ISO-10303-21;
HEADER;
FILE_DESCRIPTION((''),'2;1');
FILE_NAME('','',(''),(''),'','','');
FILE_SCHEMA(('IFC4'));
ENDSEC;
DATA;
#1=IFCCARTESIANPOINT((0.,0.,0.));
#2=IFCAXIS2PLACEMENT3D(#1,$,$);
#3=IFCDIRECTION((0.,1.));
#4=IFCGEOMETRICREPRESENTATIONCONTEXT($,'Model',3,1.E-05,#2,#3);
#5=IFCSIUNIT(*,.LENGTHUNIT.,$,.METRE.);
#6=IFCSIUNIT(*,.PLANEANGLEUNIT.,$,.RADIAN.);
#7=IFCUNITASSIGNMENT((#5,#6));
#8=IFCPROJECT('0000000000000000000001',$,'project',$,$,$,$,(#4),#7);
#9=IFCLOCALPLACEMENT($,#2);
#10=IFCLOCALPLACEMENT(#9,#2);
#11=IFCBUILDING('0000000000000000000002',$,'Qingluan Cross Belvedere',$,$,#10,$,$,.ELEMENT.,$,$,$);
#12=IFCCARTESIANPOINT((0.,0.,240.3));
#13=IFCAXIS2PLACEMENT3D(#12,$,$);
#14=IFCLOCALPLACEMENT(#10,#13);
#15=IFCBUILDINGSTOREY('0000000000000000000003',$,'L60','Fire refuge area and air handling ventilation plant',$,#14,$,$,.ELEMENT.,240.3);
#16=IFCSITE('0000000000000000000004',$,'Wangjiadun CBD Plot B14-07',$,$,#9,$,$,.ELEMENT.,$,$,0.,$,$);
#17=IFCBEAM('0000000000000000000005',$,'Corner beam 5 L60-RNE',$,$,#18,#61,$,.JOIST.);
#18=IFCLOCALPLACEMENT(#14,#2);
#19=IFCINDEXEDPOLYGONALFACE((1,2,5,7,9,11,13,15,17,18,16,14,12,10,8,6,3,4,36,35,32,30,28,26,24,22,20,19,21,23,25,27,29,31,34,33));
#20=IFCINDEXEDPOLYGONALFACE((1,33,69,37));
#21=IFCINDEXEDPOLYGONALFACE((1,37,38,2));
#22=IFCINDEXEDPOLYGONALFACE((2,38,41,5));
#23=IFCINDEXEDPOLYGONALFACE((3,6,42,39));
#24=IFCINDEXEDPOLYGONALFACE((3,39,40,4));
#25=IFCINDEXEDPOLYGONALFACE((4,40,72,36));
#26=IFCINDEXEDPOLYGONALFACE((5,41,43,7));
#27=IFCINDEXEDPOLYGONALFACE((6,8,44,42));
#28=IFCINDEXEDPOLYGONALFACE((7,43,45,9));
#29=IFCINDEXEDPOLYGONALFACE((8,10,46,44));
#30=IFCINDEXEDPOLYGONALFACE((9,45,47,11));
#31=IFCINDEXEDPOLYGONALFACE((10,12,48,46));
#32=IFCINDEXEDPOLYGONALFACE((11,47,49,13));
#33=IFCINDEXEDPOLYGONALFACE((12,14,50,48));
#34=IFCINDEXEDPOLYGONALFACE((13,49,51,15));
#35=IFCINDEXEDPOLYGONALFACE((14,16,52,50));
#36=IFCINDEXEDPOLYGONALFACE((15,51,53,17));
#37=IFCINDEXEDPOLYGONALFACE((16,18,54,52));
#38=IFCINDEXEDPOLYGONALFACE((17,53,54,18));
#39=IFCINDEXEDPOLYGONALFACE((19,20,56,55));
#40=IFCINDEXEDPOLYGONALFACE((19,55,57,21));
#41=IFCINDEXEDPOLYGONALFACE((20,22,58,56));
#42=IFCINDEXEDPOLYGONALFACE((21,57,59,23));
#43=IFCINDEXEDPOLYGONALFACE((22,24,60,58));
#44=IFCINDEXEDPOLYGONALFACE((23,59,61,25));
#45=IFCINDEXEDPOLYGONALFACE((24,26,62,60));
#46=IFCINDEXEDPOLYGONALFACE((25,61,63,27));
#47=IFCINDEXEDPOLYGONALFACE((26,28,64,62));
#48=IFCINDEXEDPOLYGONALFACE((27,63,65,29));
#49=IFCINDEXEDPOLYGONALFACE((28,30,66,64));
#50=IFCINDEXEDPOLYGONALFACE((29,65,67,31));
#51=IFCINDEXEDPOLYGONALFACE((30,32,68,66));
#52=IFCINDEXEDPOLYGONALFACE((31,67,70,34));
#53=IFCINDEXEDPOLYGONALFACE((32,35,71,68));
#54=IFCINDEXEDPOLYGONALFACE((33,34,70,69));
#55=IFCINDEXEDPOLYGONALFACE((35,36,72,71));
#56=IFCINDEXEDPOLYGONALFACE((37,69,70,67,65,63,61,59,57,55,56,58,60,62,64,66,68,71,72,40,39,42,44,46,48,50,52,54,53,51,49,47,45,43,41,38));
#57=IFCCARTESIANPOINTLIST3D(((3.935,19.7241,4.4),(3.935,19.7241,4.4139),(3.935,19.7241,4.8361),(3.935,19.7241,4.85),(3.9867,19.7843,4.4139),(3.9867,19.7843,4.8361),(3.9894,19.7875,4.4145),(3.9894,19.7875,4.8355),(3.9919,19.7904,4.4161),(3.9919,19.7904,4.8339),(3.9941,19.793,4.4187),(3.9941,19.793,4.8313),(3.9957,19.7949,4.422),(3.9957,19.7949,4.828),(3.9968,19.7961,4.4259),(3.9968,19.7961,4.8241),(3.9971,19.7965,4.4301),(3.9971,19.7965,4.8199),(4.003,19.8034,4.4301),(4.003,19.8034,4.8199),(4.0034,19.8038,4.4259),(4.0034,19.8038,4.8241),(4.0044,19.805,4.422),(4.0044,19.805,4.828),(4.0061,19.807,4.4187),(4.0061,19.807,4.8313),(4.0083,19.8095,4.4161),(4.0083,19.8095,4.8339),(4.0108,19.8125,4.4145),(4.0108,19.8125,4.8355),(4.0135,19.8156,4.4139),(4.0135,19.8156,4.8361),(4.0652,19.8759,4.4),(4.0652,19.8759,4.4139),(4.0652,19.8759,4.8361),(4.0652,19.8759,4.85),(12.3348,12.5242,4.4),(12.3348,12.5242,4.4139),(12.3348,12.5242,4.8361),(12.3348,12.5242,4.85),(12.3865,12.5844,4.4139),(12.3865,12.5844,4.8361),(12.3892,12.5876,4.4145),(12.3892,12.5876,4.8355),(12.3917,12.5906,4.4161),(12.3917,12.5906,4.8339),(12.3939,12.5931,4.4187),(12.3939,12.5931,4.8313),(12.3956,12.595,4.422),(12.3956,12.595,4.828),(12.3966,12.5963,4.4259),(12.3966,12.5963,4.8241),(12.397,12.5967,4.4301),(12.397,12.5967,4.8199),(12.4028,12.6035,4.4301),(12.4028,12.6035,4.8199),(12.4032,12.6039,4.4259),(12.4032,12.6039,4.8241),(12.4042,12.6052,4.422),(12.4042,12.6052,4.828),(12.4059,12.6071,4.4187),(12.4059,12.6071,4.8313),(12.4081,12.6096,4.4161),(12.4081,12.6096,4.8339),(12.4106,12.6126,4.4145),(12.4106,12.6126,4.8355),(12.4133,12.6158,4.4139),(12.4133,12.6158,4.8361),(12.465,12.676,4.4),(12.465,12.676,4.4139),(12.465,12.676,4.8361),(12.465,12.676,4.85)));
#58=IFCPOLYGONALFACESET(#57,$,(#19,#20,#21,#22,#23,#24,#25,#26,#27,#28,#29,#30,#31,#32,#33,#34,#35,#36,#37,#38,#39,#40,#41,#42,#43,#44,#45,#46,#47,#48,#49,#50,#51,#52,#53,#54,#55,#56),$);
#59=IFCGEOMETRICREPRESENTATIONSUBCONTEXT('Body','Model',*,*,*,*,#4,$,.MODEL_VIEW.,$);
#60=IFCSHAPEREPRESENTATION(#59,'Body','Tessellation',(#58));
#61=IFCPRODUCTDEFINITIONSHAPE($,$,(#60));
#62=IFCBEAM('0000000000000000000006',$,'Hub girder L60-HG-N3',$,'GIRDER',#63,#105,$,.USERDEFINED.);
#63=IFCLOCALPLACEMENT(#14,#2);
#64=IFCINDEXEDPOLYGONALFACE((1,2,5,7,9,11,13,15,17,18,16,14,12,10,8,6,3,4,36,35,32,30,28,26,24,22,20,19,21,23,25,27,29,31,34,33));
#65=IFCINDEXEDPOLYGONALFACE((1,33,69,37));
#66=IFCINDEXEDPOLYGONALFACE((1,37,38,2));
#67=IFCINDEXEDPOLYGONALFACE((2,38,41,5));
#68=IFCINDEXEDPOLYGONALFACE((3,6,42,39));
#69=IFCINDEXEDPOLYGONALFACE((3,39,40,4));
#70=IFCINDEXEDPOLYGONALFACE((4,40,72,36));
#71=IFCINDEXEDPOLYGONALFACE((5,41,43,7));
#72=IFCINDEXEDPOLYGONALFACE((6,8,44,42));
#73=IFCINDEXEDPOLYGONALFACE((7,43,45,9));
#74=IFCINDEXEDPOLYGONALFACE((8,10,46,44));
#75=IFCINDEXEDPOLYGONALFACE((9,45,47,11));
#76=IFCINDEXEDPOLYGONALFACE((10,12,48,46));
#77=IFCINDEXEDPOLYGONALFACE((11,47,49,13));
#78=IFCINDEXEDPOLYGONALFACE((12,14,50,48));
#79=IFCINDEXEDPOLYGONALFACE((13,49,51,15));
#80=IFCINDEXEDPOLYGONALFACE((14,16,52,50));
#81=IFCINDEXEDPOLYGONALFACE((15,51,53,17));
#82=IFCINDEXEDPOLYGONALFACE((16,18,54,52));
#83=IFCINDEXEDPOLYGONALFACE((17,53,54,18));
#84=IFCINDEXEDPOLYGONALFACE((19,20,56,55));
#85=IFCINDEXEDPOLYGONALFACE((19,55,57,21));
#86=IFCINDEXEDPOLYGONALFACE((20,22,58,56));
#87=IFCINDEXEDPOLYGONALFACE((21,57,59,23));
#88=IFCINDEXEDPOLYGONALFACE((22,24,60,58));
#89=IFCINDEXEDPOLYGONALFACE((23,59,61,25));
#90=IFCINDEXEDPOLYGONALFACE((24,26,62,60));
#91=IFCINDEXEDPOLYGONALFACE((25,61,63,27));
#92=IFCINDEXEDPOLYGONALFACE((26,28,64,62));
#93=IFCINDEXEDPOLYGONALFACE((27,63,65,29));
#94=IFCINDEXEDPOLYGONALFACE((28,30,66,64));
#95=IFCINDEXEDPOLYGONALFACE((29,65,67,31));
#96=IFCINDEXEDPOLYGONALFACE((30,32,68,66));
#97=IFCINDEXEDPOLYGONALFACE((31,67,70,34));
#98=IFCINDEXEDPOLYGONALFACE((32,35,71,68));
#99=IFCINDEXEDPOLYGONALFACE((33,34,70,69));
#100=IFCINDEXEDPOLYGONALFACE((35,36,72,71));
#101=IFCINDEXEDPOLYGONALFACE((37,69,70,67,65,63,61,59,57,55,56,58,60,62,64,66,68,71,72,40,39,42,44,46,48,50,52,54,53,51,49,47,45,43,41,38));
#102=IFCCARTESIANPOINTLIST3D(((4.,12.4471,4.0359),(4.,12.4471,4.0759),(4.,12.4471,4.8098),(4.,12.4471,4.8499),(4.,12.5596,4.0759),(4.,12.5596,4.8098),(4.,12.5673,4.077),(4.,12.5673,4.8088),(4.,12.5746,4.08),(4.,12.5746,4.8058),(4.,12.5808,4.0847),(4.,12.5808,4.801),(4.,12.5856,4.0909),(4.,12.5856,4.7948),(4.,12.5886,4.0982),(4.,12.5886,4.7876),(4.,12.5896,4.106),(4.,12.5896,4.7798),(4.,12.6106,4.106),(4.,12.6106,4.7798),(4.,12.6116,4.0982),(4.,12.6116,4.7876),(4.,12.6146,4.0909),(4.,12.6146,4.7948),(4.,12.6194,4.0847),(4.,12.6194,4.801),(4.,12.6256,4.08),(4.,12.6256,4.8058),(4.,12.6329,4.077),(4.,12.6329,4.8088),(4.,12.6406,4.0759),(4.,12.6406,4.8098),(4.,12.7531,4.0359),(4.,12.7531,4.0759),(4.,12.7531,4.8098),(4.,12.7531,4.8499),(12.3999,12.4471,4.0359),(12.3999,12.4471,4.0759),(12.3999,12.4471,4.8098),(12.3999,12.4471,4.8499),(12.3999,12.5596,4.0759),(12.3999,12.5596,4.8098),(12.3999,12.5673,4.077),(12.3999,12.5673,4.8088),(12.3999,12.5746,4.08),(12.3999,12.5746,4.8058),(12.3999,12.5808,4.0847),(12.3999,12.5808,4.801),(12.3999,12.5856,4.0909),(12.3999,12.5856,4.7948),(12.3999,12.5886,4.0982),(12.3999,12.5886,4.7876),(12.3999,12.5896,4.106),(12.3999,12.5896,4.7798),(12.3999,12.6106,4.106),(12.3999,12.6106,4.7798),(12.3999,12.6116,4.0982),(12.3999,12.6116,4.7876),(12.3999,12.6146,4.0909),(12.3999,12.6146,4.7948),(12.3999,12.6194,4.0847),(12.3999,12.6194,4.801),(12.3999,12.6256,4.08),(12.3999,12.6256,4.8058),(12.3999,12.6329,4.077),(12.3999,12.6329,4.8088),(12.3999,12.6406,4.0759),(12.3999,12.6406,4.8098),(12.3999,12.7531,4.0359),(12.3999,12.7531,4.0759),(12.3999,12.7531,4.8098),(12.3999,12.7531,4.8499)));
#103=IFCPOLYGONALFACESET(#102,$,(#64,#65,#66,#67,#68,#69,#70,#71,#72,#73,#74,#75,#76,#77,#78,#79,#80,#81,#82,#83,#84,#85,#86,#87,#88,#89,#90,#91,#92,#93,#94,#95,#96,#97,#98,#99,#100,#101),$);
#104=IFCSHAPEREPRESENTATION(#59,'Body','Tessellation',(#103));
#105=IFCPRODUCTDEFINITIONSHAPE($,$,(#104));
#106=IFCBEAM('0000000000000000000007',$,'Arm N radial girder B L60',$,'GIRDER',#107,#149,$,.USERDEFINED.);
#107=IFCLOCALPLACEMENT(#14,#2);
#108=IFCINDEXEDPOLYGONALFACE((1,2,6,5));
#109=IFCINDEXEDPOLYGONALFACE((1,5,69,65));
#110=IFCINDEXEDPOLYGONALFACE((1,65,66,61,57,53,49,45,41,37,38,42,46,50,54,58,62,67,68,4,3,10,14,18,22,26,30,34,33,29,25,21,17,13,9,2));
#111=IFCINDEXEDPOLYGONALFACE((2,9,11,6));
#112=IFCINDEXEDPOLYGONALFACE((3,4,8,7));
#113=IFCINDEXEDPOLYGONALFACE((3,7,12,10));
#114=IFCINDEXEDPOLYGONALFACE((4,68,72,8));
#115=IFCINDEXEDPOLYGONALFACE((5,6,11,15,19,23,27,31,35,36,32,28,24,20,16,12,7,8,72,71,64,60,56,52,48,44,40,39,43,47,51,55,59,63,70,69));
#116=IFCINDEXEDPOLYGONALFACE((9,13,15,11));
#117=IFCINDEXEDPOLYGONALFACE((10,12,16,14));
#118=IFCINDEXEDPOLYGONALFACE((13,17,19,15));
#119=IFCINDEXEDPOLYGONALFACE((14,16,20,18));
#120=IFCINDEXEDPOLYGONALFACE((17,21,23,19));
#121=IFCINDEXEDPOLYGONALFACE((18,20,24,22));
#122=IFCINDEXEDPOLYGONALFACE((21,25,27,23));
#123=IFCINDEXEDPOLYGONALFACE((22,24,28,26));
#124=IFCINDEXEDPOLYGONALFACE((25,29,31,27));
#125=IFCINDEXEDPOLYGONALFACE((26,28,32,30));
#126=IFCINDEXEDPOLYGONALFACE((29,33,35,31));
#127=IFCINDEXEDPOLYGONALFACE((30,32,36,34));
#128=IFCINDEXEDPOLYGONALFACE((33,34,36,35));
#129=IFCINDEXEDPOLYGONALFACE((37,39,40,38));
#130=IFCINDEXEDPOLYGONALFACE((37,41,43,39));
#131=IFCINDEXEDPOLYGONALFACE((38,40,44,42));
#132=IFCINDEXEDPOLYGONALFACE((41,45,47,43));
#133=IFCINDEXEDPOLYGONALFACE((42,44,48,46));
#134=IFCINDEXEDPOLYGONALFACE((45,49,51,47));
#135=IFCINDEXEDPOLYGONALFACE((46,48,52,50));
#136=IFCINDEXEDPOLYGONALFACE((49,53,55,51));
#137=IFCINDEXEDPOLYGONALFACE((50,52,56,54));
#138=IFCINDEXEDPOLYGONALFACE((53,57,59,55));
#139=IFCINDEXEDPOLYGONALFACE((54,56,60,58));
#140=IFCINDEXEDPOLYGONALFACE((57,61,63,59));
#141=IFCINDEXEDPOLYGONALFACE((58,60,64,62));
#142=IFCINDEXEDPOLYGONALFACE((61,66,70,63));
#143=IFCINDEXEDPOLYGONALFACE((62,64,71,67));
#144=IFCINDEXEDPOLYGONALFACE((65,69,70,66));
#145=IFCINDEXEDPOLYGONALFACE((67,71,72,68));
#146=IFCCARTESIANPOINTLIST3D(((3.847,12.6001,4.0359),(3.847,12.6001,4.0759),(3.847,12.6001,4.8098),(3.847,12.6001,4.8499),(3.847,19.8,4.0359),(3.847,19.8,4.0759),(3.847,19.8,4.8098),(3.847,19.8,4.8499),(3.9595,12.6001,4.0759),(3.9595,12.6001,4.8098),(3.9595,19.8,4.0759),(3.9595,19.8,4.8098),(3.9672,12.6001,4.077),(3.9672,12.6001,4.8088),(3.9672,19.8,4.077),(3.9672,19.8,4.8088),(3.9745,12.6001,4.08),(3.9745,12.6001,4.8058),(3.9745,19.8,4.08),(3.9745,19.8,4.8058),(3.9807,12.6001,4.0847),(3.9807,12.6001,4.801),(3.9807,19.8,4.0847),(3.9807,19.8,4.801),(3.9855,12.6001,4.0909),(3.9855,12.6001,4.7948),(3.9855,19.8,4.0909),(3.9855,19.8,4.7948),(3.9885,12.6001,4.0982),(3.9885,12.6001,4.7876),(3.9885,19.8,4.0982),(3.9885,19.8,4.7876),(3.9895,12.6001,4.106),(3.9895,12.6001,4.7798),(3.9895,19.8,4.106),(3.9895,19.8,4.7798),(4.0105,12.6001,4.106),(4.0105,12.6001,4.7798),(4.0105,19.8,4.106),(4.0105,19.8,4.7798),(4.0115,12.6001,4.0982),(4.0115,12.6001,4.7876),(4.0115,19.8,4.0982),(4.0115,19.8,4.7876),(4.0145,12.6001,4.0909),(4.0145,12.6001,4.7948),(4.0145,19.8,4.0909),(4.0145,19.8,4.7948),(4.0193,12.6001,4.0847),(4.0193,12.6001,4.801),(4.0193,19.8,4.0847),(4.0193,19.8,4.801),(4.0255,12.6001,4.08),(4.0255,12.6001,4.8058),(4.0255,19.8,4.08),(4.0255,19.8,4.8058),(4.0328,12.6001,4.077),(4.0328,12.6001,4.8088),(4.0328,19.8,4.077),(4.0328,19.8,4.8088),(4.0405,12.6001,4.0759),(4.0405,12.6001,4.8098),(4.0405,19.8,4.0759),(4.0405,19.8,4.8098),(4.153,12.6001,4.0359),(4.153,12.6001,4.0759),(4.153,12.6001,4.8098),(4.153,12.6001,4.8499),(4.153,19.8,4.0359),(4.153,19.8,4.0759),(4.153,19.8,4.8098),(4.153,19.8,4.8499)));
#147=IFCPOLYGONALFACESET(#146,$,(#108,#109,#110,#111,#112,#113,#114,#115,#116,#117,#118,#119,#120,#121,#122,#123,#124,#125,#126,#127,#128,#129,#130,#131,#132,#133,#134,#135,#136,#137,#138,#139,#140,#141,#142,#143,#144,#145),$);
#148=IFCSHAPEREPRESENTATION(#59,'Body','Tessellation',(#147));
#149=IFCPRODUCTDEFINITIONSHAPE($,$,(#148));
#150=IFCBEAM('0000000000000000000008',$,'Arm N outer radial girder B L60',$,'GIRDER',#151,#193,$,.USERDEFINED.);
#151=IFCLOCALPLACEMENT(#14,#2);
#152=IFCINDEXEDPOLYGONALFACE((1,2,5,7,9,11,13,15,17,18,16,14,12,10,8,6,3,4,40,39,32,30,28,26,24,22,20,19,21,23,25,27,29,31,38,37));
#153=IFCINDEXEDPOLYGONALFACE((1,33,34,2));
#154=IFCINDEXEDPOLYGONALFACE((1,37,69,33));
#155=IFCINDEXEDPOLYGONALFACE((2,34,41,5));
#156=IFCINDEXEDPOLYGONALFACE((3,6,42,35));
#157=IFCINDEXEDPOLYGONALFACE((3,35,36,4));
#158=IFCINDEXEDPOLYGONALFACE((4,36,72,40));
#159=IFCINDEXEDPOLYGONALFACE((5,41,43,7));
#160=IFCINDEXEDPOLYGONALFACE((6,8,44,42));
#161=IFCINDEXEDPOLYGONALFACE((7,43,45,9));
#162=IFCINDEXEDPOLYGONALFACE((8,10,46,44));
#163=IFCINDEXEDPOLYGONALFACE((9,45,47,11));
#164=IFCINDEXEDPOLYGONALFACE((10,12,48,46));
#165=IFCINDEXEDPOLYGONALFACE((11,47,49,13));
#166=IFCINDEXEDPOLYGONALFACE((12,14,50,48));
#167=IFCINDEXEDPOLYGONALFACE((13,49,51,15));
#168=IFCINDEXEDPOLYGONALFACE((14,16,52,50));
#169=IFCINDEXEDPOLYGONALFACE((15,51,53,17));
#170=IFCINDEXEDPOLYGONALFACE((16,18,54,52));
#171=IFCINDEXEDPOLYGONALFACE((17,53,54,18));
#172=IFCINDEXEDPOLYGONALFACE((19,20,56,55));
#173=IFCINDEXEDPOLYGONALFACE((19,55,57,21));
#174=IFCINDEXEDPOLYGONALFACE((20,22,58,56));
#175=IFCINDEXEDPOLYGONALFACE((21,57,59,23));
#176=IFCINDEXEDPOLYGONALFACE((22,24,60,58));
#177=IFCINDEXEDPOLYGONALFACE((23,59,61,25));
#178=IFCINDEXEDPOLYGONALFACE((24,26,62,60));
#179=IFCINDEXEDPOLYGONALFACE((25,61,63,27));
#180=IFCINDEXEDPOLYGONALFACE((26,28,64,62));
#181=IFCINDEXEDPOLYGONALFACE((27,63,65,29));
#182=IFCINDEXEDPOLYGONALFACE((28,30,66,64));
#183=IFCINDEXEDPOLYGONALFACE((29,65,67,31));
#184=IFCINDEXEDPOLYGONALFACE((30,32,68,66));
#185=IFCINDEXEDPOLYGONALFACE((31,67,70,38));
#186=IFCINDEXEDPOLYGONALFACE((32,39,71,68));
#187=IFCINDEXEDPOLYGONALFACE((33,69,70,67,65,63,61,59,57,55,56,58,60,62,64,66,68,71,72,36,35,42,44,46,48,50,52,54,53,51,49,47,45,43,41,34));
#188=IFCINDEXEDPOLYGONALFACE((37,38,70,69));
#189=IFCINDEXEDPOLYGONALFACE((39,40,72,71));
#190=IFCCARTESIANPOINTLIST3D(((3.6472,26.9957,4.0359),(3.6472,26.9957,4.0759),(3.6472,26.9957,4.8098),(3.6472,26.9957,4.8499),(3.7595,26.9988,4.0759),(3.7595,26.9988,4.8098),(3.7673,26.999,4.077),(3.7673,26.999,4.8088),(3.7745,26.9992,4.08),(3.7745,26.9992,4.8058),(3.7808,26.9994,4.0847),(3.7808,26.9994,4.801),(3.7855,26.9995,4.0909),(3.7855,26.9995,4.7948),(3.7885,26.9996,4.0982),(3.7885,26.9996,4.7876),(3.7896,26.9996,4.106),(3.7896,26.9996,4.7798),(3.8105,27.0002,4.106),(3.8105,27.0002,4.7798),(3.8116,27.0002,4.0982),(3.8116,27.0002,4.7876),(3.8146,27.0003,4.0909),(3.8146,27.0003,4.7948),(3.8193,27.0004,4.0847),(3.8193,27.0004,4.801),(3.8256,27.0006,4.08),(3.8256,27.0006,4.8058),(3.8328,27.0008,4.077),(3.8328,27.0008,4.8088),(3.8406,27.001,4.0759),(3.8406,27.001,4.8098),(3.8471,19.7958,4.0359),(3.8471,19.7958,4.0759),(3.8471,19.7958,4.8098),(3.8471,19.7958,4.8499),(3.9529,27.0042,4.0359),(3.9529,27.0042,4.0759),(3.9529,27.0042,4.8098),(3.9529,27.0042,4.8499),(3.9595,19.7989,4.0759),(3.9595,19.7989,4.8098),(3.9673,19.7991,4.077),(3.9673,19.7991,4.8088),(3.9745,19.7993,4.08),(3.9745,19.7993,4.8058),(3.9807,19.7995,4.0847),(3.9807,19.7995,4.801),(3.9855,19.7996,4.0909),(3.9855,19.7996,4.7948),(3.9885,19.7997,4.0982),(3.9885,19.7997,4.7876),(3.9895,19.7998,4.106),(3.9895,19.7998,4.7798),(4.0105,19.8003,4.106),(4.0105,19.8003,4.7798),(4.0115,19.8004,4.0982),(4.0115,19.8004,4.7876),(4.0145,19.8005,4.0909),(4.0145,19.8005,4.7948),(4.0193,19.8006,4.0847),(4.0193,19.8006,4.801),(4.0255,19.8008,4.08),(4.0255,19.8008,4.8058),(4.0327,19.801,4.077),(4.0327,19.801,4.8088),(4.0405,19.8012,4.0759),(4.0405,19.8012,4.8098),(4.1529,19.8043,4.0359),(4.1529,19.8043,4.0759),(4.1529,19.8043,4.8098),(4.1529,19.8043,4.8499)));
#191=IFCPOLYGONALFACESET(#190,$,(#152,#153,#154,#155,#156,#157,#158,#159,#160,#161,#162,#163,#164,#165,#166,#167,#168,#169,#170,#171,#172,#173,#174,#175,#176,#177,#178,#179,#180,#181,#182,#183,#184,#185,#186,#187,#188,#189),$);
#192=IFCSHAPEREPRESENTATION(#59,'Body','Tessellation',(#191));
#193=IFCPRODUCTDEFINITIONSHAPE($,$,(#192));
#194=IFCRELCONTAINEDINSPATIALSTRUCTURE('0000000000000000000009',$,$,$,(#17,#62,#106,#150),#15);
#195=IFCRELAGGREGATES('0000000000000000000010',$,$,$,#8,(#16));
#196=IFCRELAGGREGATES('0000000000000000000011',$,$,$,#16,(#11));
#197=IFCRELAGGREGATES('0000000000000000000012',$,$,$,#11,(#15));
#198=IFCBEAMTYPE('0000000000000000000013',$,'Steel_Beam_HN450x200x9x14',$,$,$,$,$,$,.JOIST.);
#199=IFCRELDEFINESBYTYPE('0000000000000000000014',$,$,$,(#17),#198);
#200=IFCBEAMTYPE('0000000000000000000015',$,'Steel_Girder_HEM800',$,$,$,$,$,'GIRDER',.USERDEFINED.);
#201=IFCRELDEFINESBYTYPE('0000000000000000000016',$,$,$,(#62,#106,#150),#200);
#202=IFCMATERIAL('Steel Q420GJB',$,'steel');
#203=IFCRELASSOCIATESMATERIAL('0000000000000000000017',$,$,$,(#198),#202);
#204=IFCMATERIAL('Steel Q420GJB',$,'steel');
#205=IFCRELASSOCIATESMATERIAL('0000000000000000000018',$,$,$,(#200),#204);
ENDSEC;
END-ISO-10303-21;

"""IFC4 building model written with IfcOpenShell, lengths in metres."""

from ifc_helpers import new_model, si_unit, direction, frame, origin, origin_2d, place, context, subcontext, project, spatial, i_section, extrude, material, material_profile, profile_set, type_object, element, save


model = new_model("IFC4")

# Units and contexts
model_context = context("Model", 3, precision=1e-05, world=origin(), true_north=direction((0.0, 1.0)))
body_context = subcontext(model_context, "Body", "Model", "MODEL_VIEW")
ifc_project = project(units=[si_unit("LENGTHUNIT", "METRE"), si_unit("PLANEANGLEUNIT", "RADIAN")], contexts=[model_context])

# Site, building, storey
site_placement = place(None, origin())
site = spatial("IfcSite", under=ifc_project, at=site_placement, Name="Wangjiadun CBD Plot B14-07", CompositionType="ELEMENT", RefElevation=0.0)
building_placement = place(site_placement, origin())
building = spatial("IfcBuilding", under=site, at=building_placement, Name="Qingluan Cross Belvedere", CompositionType="ELEMENT")
storey_placement = place(building_placement, frame((0.0, 0.0, 240.3)))
storey = spatial("IfcBuildingStorey", under=building, at=storey_placement, Name="L60", Description="Fire refuge area and air handling ventilation plant", CompositionType="ELEMENT", Elevation=240.3)

# Beams
ifc_material_1 = material(Name="Steel Q420GJB", Category="steel")
ifc_material_profile_1 = material_profile(ifc_material_1, i_section(OverallWidth=0.2, OverallDepth=0.45, WebThickness=0.009, FlangeThickness=0.0139, FilletRadius=0.0161, at=origin_2d()), Name="HN450x200x9x14")
ifc_profile_set_1 = profile_set([ifc_material_profile_1], Name="Steel Q420GJB")
beam_type_1 = type_object("IfcBeamType", Name="Steel_Beam_HN450x200x9x14", PredefinedType="JOIST", material=ifc_profile_set_1)
beam_1_placement = place(storey_placement, frame((12.3999, 12.6001, 4.625), z_axis=(-0.759255, 0.650793, 0.0), x_axis=(-0.650793, -0.759255, 0.0)))
element("IfcBeam", 1, at=beam_1_placement, inside=storey, type_object=beam_type_1, Name="Corner beam 5 L60-RNE", PredefinedType="JOIST", context=body_context, shape_type="SweptSolid", body=[
    extrude(i_section(OverallWidth=0.2, OverallDepth=0.45, WebThickness=0.009, FlangeThickness=0.0139, FilletRadius=0.0161, at=origin_2d()), origin(), (0.0, 0.0, 1.0), 11.0632),
])
ifc_material_2 = material(Name="Steel Q420GJB", Category="steel")
ifc_material_profile_2 = material_profile(ifc_material_2, i_section(OverallWidth=0.3059, OverallDepth=0.814, WebThickness=0.021, FlangeThickness=0.04, FilletRadius=0.03, at=origin_2d()), Name="HEM800")
ifc_profile_set_2 = profile_set([ifc_material_profile_2], Name="Steel Q420GJB")
beam_type_2 = type_object("IfcBeamType", Name="Steel_Girder_HEM800", ElementType="GIRDER", PredefinedType="USERDEFINED", material=ifc_profile_set_2)
beam_2_placement = place(storey_placement, frame((4.0, 12.6001, 4.4429), z_axis=(1.0, 0.0, 0.0), x_axis=(0.0, 1.0, 0.0)))
element("IfcBeam", 2, at=beam_2_placement, inside=storey, type_object=beam_type_2, Name="Hub girder L60-HG-N3", ObjectType="GIRDER", PredefinedType="USERDEFINED", context=body_context, shape_type="SweptSolid", body=[
    extrude(i_section(OverallWidth=0.3059, OverallDepth=0.814, WebThickness=0.021, FlangeThickness=0.04, FilletRadius=0.03, at=origin_2d()), origin(), (0.0, 0.0, 1.0), 8.3999),
])
beam_3_placement = place(storey_placement, frame((4.0, 12.6001, 4.4429), z_axis=(0.0, 1.0, 0.0), x_axis=(-1.0, 0.0, 0.0)))
element("IfcBeam", 3, at=beam_3_placement, inside=storey, type_object=beam_type_2, Name="Arm N radial girder B L60", ObjectType="GIRDER", PredefinedType="USERDEFINED", context=body_context, shape_type="SweptSolid", body=[
    extrude(i_section(OverallWidth=0.3059, OverallDepth=0.814, WebThickness=0.021, FlangeThickness=0.04, FilletRadius=0.03, at=origin_2d()), origin(), (0.0, 0.0, 1.0), 7.2),
])
beam_4_placement = place(storey_placement, frame((4.0, 19.8, 4.4429), z_axis=(-0.02776, 0.999615, 0.0), x_axis=(-0.999615, -0.02776, 0.0)))
element("IfcBeam", 4, at=beam_4_placement, inside=storey, type_object=beam_type_2, Name="Arm N outer radial girder B L60", ObjectType="GIRDER", PredefinedType="USERDEFINED", context=body_context, shape_type="SweptSolid", body=[
    extrude(i_section(OverallWidth=0.3059, OverallDepth=0.814, WebThickness=0.021, FlangeThickness=0.04, FilletRadius=0.03, at=origin_2d()), origin(), (0.0, 0.0, 1.0), 7.2026),
])

save(model, "model.ifc")
